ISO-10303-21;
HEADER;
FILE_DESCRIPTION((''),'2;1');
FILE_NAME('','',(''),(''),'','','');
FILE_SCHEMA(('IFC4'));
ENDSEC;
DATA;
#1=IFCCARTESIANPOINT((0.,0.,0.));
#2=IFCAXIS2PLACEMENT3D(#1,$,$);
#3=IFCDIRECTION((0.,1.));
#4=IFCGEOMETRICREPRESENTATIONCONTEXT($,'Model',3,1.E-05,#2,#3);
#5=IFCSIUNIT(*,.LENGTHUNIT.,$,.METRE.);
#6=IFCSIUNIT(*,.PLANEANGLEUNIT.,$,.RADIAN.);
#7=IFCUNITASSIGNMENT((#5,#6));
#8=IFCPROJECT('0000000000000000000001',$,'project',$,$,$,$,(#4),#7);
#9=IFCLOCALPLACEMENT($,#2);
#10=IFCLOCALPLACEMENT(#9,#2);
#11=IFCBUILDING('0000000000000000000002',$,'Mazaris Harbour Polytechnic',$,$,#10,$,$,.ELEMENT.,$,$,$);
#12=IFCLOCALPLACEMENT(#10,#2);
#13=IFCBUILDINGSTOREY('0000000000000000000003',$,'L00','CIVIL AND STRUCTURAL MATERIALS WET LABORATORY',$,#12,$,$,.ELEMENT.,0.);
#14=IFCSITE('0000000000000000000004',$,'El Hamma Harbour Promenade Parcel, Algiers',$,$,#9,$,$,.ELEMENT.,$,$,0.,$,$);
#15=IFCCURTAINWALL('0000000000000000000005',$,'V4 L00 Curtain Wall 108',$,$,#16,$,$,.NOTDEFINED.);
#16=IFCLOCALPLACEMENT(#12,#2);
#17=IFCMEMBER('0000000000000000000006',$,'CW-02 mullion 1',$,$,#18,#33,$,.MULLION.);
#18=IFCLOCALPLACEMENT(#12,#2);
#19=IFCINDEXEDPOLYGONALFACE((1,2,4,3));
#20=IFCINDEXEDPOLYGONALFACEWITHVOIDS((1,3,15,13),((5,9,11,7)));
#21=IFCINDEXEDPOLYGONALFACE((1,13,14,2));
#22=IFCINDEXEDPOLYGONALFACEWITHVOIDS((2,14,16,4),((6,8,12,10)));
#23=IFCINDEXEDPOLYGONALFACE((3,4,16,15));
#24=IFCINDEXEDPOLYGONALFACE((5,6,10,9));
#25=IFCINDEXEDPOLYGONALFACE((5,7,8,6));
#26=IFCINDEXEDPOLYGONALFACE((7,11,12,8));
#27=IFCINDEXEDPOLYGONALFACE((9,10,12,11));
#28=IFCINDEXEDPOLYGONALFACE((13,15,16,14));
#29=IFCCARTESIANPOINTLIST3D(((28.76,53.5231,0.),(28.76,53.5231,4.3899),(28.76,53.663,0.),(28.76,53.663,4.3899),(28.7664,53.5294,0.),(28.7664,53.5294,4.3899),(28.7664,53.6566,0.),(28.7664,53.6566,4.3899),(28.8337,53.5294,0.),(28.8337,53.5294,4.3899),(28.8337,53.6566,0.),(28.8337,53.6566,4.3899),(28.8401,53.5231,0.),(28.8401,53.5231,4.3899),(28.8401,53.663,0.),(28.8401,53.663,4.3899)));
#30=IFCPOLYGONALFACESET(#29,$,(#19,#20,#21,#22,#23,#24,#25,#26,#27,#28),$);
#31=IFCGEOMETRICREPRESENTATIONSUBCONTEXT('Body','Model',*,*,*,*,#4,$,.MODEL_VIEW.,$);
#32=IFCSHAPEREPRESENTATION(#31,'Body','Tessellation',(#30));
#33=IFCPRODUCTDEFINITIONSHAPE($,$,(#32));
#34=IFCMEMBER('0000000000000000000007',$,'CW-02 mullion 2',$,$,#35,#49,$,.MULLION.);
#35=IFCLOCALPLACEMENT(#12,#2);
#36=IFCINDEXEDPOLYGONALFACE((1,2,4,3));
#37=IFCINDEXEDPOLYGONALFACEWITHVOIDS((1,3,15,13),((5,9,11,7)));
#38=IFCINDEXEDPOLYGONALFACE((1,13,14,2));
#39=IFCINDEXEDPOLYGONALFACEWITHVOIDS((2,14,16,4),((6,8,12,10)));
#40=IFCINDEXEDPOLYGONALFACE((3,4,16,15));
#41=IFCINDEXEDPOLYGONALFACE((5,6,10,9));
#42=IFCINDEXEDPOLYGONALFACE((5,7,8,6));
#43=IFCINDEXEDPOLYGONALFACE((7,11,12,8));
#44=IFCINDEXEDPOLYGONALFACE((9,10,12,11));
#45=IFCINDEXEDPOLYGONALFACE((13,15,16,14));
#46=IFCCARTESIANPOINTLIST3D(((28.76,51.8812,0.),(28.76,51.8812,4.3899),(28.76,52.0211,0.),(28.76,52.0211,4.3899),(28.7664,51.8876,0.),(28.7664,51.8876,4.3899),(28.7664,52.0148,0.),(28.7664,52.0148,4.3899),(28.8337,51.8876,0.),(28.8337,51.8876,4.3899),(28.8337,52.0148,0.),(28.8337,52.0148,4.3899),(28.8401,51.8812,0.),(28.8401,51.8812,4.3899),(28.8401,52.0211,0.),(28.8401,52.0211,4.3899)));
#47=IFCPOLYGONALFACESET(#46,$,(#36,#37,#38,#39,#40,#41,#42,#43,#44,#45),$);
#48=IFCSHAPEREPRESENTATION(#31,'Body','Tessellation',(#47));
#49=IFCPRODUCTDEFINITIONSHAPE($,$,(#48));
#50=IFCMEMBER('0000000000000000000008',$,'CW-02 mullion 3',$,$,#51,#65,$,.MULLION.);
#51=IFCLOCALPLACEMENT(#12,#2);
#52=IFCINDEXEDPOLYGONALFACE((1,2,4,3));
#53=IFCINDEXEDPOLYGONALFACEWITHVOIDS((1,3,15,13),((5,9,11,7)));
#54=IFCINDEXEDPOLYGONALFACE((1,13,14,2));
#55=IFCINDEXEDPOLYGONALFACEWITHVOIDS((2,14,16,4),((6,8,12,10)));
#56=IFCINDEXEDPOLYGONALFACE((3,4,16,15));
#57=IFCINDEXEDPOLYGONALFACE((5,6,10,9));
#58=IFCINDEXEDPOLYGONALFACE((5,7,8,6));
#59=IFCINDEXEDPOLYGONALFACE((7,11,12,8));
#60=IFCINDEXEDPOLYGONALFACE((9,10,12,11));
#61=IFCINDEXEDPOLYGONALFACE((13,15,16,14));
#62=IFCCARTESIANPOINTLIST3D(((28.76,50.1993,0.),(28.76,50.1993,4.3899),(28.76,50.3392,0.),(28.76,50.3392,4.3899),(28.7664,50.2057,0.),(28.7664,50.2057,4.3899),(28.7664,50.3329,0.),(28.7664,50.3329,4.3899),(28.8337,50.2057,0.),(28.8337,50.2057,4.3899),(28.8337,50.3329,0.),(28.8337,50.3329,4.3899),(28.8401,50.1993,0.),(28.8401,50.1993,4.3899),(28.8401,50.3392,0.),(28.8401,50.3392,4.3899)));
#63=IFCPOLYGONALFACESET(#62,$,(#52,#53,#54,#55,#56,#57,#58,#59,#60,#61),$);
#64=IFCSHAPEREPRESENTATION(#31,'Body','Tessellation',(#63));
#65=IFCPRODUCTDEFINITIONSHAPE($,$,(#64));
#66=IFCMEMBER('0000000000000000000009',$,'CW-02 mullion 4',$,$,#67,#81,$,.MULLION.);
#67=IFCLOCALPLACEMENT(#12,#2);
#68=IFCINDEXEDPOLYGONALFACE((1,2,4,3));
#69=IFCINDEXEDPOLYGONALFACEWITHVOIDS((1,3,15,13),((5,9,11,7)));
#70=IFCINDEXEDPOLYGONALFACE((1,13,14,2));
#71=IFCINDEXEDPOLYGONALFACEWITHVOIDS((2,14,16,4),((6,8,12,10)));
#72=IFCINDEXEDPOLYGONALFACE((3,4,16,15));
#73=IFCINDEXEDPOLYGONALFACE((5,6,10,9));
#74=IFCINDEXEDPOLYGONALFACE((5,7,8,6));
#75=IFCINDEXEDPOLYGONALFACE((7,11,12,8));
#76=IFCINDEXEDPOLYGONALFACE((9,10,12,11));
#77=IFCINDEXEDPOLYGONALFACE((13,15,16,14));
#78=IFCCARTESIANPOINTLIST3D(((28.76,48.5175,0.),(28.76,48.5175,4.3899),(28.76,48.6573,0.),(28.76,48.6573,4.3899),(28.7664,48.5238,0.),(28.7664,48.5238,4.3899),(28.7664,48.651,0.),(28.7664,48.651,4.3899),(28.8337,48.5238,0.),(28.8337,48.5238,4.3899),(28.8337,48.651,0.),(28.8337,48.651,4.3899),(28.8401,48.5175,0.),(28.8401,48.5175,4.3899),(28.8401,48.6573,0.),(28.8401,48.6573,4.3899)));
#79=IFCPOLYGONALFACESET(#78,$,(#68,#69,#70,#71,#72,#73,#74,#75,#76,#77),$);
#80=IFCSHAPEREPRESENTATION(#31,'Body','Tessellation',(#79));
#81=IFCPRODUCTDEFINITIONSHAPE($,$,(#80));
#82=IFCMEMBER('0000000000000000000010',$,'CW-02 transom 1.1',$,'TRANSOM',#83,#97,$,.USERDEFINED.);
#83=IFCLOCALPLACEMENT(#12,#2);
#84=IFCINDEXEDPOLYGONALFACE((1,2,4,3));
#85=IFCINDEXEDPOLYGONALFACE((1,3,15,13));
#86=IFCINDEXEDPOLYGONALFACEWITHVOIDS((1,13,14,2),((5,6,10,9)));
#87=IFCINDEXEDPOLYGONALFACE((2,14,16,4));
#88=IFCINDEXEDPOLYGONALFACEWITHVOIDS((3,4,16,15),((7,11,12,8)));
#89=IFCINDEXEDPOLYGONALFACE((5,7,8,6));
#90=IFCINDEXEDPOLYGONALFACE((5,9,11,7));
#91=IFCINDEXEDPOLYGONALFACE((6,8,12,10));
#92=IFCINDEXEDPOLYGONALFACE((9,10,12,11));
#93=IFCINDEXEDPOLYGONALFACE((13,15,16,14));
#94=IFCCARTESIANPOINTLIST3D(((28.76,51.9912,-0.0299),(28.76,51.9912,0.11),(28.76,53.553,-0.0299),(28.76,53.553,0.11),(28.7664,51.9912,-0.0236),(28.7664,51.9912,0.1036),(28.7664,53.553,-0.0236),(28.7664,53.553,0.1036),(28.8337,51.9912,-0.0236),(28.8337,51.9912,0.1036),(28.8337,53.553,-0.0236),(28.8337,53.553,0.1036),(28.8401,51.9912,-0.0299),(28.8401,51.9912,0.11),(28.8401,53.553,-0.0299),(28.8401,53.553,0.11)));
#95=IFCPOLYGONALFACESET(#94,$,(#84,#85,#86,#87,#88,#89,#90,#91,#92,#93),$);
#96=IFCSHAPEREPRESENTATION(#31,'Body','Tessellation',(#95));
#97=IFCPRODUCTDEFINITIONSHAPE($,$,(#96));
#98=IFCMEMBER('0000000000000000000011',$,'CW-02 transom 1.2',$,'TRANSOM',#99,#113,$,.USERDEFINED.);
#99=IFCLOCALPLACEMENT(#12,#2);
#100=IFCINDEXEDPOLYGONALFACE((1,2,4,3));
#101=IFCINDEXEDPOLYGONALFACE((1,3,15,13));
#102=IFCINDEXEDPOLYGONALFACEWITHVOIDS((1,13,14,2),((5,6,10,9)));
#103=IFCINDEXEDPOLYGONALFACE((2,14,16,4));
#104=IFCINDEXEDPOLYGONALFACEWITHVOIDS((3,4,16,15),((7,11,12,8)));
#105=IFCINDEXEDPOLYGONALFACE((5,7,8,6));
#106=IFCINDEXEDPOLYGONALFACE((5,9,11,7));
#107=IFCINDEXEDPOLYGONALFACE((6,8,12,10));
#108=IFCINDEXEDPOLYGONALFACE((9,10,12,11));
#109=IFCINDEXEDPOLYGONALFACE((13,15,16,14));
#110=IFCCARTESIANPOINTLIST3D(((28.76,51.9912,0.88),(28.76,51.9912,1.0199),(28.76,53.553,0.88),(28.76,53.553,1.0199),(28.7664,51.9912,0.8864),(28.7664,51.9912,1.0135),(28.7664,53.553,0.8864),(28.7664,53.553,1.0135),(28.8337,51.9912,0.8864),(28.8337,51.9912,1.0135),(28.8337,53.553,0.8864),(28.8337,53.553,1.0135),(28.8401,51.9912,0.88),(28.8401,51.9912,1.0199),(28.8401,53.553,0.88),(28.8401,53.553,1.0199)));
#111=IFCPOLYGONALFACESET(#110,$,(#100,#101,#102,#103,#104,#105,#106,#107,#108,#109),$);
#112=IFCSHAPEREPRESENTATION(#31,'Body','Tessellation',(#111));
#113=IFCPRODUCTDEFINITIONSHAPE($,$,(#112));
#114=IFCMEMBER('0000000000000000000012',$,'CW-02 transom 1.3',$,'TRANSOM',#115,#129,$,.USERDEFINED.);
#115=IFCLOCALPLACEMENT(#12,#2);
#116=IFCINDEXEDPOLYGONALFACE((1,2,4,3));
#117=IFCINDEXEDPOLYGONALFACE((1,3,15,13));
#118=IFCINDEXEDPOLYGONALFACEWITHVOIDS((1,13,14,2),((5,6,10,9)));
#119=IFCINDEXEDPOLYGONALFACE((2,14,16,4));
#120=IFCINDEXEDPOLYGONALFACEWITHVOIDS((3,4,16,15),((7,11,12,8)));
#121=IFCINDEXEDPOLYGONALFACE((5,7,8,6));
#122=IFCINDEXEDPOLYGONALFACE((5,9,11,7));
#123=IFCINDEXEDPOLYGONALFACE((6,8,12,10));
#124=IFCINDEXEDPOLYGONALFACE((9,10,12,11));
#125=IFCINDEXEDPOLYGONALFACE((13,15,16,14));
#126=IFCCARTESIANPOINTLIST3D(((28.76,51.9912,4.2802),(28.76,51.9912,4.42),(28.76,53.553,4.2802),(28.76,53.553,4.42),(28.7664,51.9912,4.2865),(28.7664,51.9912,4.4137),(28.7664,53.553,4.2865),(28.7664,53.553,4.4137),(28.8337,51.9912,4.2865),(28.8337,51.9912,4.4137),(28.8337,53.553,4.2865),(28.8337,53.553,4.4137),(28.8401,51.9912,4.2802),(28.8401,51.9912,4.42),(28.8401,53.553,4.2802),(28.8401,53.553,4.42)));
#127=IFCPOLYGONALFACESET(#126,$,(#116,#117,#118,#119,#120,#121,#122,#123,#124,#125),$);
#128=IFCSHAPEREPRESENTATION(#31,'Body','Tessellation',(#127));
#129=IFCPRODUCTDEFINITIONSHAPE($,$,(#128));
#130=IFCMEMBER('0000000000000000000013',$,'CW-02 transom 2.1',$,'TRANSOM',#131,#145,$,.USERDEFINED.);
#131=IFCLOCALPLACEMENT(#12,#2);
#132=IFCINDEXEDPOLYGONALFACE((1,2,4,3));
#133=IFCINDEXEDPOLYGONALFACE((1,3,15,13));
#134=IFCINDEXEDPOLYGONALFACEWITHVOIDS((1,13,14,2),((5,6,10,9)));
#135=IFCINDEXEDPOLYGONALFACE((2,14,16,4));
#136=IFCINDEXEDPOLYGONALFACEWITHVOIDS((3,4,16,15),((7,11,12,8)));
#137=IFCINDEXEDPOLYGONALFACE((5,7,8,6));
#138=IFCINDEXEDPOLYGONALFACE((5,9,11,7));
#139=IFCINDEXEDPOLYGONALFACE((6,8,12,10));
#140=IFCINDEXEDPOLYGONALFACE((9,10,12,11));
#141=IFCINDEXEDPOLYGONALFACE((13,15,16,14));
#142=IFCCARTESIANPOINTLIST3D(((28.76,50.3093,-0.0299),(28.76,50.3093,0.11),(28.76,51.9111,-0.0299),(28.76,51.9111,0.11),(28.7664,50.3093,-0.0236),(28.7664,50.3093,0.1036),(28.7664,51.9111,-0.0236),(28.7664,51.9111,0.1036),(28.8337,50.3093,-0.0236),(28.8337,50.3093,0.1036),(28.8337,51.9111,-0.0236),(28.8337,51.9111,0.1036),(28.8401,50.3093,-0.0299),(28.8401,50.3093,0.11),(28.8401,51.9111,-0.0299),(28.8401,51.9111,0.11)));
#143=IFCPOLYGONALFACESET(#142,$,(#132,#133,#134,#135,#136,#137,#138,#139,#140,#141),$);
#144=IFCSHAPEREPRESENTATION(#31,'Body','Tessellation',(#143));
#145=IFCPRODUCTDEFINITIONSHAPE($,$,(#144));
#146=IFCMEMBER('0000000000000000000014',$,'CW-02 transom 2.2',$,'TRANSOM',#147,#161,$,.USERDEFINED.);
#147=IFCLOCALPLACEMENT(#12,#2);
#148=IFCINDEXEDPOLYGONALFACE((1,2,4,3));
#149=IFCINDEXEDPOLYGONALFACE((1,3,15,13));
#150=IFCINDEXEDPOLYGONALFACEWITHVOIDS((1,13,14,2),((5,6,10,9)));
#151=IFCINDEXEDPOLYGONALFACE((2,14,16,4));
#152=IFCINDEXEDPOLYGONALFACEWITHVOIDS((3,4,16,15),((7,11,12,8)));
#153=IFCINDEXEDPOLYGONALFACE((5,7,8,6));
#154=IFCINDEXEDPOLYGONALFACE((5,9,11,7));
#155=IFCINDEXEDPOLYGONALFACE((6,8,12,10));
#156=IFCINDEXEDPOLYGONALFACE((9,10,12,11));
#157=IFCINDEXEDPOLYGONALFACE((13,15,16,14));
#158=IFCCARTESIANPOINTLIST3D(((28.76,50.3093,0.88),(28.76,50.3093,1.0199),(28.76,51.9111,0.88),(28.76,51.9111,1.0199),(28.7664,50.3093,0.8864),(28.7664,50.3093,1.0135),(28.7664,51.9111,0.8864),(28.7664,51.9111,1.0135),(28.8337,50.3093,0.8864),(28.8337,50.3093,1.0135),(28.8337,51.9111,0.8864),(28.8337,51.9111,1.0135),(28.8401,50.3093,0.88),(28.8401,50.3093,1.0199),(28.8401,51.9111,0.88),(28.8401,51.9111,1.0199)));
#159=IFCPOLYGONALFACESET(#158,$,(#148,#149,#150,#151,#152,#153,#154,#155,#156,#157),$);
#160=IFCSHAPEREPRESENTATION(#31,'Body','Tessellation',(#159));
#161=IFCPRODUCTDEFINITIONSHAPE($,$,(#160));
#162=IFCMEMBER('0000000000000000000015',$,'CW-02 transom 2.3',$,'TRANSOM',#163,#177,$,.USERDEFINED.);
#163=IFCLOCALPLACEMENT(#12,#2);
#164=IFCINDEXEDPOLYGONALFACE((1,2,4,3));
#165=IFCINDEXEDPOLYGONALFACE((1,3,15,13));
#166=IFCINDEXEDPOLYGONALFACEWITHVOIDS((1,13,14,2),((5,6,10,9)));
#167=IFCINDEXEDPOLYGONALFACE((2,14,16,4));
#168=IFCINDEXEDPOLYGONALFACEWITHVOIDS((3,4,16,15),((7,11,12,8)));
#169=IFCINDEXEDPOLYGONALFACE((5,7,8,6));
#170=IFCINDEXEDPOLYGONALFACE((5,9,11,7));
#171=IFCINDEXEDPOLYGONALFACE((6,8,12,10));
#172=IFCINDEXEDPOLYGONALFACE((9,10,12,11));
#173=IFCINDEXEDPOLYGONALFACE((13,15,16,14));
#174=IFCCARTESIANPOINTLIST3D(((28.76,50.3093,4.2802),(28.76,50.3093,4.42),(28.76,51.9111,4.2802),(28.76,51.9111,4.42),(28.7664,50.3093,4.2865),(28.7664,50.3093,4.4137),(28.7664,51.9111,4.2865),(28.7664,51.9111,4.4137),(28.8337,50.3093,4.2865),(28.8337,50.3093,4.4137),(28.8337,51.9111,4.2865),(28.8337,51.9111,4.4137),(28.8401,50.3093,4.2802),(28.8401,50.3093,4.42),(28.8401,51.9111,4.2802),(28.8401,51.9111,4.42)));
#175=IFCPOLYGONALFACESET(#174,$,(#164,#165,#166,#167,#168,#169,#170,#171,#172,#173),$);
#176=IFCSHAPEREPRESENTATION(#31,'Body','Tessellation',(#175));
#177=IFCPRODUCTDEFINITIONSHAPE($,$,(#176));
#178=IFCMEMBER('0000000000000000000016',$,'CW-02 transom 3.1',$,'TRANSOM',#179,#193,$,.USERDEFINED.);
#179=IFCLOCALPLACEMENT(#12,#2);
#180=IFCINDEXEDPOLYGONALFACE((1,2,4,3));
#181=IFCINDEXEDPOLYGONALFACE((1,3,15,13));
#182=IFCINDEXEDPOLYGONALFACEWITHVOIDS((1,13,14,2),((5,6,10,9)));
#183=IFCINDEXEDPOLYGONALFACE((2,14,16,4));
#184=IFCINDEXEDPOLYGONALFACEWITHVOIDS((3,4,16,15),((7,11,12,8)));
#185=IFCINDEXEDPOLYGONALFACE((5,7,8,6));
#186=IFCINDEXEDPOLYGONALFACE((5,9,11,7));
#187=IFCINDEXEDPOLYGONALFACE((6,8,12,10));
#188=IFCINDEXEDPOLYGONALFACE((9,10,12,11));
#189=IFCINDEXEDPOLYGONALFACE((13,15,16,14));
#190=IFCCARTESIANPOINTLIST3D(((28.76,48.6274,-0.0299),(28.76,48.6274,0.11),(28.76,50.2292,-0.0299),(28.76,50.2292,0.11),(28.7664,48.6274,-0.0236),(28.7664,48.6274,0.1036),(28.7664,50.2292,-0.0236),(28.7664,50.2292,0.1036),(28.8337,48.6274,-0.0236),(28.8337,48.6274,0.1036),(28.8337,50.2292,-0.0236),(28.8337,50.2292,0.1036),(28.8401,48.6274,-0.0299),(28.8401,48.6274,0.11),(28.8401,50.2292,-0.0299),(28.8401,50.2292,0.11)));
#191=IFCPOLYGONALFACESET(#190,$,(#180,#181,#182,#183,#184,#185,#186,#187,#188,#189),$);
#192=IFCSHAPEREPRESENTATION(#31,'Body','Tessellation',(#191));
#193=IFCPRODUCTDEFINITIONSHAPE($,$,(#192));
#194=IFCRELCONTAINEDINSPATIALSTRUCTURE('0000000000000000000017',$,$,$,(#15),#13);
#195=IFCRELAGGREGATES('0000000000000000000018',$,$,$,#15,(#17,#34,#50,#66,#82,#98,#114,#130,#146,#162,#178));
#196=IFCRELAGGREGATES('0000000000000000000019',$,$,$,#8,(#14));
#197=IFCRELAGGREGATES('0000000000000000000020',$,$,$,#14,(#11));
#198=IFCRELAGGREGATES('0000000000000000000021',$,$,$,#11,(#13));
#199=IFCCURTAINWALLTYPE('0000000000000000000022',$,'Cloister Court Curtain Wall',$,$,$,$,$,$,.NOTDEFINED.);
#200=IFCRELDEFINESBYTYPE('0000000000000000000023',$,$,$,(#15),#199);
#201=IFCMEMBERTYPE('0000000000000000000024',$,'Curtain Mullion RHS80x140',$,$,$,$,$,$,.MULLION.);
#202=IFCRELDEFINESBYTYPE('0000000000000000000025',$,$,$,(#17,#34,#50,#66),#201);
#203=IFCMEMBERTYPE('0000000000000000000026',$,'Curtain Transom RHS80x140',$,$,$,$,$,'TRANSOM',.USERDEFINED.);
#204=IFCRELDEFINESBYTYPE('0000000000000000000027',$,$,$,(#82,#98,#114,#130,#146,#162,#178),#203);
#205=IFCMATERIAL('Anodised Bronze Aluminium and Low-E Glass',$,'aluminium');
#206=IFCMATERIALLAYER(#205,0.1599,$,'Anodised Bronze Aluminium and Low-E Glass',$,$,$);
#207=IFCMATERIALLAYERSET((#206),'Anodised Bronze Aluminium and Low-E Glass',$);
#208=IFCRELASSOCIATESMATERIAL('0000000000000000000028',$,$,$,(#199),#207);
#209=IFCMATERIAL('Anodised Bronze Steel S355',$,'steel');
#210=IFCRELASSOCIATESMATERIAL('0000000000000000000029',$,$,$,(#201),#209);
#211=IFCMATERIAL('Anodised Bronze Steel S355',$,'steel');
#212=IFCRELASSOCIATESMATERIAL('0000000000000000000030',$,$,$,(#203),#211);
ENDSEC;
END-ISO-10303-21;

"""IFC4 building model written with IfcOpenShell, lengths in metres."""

from ifc_helpers import new_model, si_unit, direction, frame, origin, origin_2d, place, context, subcontext, project, spatial, hollow_rectangle, extrude, material, layer, layer_set, material_profile, profile_set, type_object, element, aggregate, save


model = new_model("IFC4")

# Units and contexts
model_context = context("Model", 3, precision=1e-05, world=origin(), true_north=direction((0.0, 1.0)))
body_context = subcontext(model_context, "Body", "Model", "MODEL_VIEW")
ifc_project = project(units=[si_unit("LENGTHUNIT", "METRE"), si_unit("PLANEANGLEUNIT", "RADIAN")], contexts=[model_context])

# Site, building, storey
site_placement = place(None, origin())
site = spatial("IfcSite", under=ifc_project, at=site_placement, Name="El Hamma Harbour Promenade Parcel, Algiers", CompositionType="ELEMENT", RefElevation=0.0)
building_placement = place(site_placement, origin())
building = spatial("IfcBuilding", under=site, at=building_placement, Name="Mazaris Harbour Polytechnic", CompositionType="ELEMENT")
storey_placement = place(building_placement, origin())
storey = spatial("IfcBuildingStorey", under=building, at=storey_placement, Name="L00", Description="CIVIL AND STRUCTURAL MATERIALS WET LABORATORY", CompositionType="ELEMENT", Elevation=0.0)

# Curtain wall, members
ifc_material_1 = material(Name="Anodised Bronze Aluminium and Low-E Glass", Category="aluminium")
ifc_layer_1 = layer(ifc_material_1, 0.1599, Name="Anodised Bronze Aluminium and Low-E Glass")
ifc_layer_set_1 = layer_set([ifc_layer_1], Name="Anodised Bronze Aluminium and Low-E Glass")
curtain_wall_type = type_object("IfcCurtainWallType", Name="Cloister Court Curtain Wall", PredefinedType="NOTDEFINED", material=ifc_layer_set_1)
curtain_wall_placement = place(storey_placement, origin())
curtain_wall = element("IfcCurtainWall", 1, at=curtain_wall_placement, inside=storey, type_object=curtain_wall_type, Name="V4 L00 Curtain Wall 108", PredefinedType="NOTDEFINED")
ifc_material_2 = material(Name="Anodised Bronze Steel S355", Category="steel")
ifc_material_profile_1 = material_profile(ifc_material_2, hollow_rectangle(XDim=0.0801, YDim=0.1399, WallThickness=0.0063, at=origin_2d()), Name="RHS 80x140x6.3")
ifc_profile_set_1 = profile_set([ifc_material_profile_1], Name="Anodised Bronze Steel S355")
member_type_1 = type_object("IfcMemberType", Name="Curtain Mullion RHS80x140", PredefinedType="MULLION", material=ifc_profile_set_1)
member_1_placement = place(storey_placement, frame((28.8, 53.593, 0.0), z_axis=(0.0, 0.0, 1.0), x_axis=(1.0, 0.0, 0.0)))
member_1 = element("IfcMember", 2, at=member_1_placement, type_object=member_type_1, Name="CW-02 mullion 1", PredefinedType="MULLION", context=body_context, shape_type="SweptSolid", body=[
    extrude(hollow_rectangle(XDim=0.0801, YDim=0.1399, WallThickness=0.0063, at=origin_2d()), origin(), (0.0, 0.0, 1.0), 4.3899),
])
member_2_placement = place(storey_placement, frame((28.8, 51.9512, 0.0), z_axis=(0.0, 0.0, 1.0), x_axis=(1.0, 0.0, 0.0)))
member_2 = element("IfcMember", 3, at=member_2_placement, type_object=member_type_1, Name="CW-02 mullion 2", PredefinedType="MULLION", context=body_context, shape_type="SweptSolid", body=[
    extrude(hollow_rectangle(XDim=0.0801, YDim=0.1399, WallThickness=0.0063, at=origin_2d()), origin(), (0.0, 0.0, 1.0), 4.3899),
])
member_3_placement = place(storey_placement, frame((28.8, 50.2693, 0.0), z_axis=(0.0, 0.0, 1.0), x_axis=(1.0, 0.0, 0.0)))
member_3 = element("IfcMember", 4, at=member_3_placement, type_object=member_type_1, Name="CW-02 mullion 3", PredefinedType="MULLION", context=body_context, shape_type="SweptSolid", body=[
    extrude(hollow_rectangle(XDim=0.0801, YDim=0.1399, WallThickness=0.0063, at=origin_2d()), origin(), (0.0, 0.0, 1.0), 4.3899),
])
member_4_placement = place(storey_placement, frame((28.8, 48.5874, 0.0), z_axis=(0.0, 0.0, 1.0), x_axis=(1.0, 0.0, 0.0)))
member_4 = element("IfcMember", 5, at=member_4_placement, type_object=member_type_1, Name="CW-02 mullion 4", PredefinedType="MULLION", context=body_context, shape_type="SweptSolid", body=[
    extrude(hollow_rectangle(XDim=0.0801, YDim=0.1399, WallThickness=0.0063, at=origin_2d()), origin(), (0.0, 0.0, 1.0), 4.3899),
])
ifc_material_3 = material(Name="Anodised Bronze Steel S355", Category="steel")
ifc_material_profile_2 = material_profile(ifc_material_3, hollow_rectangle(XDim=0.0801, YDim=0.1399, WallThickness=0.0063, at=origin_2d()), Name="RHS 80x140x6.3")
ifc_profile_set_2 = profile_set([ifc_material_profile_2], Name="Anodised Bronze Steel S355")
member_type_2 = type_object("IfcMemberType", Name="Curtain Transom RHS80x140", ElementType="TRANSOM", PredefinedType="USERDEFINED", material=ifc_profile_set_2)
member_5_placement = place(storey_placement, frame((28.8, 53.553, 0.04), z_axis=(0.0, -1.0, 0.0), x_axis=(1.0, 0.0, 0.0)))
member_5 = element("IfcMember", 6, at=member_5_placement, type_object=member_type_2, Name="CW-02 transom 1.1", ObjectType="TRANSOM", PredefinedType="USERDEFINED", context=body_context, shape_type="SweptSolid", body=[
    extrude(hollow_rectangle(XDim=0.0801, YDim=0.1399, WallThickness=0.0063, at=origin_2d()), origin(), (0.0, 0.0, 1.0), 1.5618),
])
member_6_placement = place(storey_placement, frame((28.8, 53.553, 0.95), z_axis=(0.0, -1.0, 0.0), x_axis=(1.0, 0.0, 0.0)))
member_6 = element("IfcMember", 7, at=member_6_placement, type_object=member_type_2, Name="CW-02 transom 1.2", ObjectType="TRANSOM", PredefinedType="USERDEFINED", context=body_context, shape_type="SweptSolid", body=[
    extrude(hollow_rectangle(XDim=0.0801, YDim=0.1399, WallThickness=0.0063, at=origin_2d()), origin(), (0.0, 0.0, 1.0), 1.5618),
])
member_7_placement = place(storey_placement, frame((28.8, 53.553, 4.3501), z_axis=(0.0, -1.0, 0.0), x_axis=(1.0, 0.0, 0.0)))
member_7 = element("IfcMember", 8, at=member_7_placement, type_object=member_type_2, Name="CW-02 transom 1.3", ObjectType="TRANSOM", PredefinedType="USERDEFINED", context=body_context, shape_type="SweptSolid", body=[
    extrude(hollow_rectangle(XDim=0.0801, YDim=0.1399, WallThickness=0.0063, at=origin_2d()), origin(), (0.0, 0.0, 1.0), 1.5618),
])
member_8_placement = place(storey_placement, frame((28.8, 51.9111, 0.04), z_axis=(0.0, -1.0, 0.0), x_axis=(1.0, 0.0, 0.0)))
member_8 = element("IfcMember", 9, at=member_8_placement, type_object=member_type_2, Name="CW-02 transom 2.1", ObjectType="TRANSOM", PredefinedType="USERDEFINED", context=body_context, shape_type="SweptSolid", body=[
    extrude(hollow_rectangle(XDim=0.0801, YDim=0.1399, WallThickness=0.0063, at=origin_2d()), origin(), (0.0, 0.0, 1.0), 1.6018),
])
member_9_placement = place(storey_placement, frame((28.8, 51.9111, 0.95), z_axis=(0.0, -1.0, 0.0), x_axis=(1.0, 0.0, 0.0)))
member_9 = element("IfcMember", 10, at=member_9_placement, type_object=member_type_2, Name="CW-02 transom 2.2", ObjectType="TRANSOM", PredefinedType="USERDEFINED", context=body_context, shape_type="SweptSolid", body=[
    extrude(hollow_rectangle(XDim=0.0801, YDim=0.1399, WallThickness=0.0063, at=origin_2d()), origin(), (0.0, 0.0, 1.0), 1.6018),
])
member_10_placement = place(storey_placement, frame((28.8, 51.9111, 4.3501), z_axis=(0.0, -1.0, 0.0), x_axis=(1.0, 0.0, 0.0)))
member_10 = element("IfcMember", 11, at=member_10_placement, type_object=member_type_2, Name="CW-02 transom 2.3", ObjectType="TRANSOM", PredefinedType="USERDEFINED", context=body_context, shape_type="SweptSolid", body=[
    extrude(hollow_rectangle(XDim=0.0801, YDim=0.1399, WallThickness=0.0063, at=origin_2d()), origin(), (0.0, 0.0, 1.0), 1.6018),
])
member_11_placement = place(storey_placement, frame((28.8, 50.2292, 0.04), z_axis=(0.0, -1.0, 0.0), x_axis=(1.0, 0.0, 0.0)))
member_11 = element("IfcMember", 12, at=member_11_placement, type_object=member_type_2, Name="CW-02 transom 3.1", ObjectType="TRANSOM", PredefinedType="USERDEFINED", context=body_context, shape_type="SweptSolid", body=[
    extrude(hollow_rectangle(XDim=0.0801, YDim=0.1399, WallThickness=0.0063, at=origin_2d()), origin(), (0.0, 0.0, 1.0), 1.6018),
])
aggregate(curtain_wall, [member_1, member_2, member_3, member_4, member_5, member_6, member_7, member_8, member_9, member_10, member_11])

save(model, "model.ifc")
